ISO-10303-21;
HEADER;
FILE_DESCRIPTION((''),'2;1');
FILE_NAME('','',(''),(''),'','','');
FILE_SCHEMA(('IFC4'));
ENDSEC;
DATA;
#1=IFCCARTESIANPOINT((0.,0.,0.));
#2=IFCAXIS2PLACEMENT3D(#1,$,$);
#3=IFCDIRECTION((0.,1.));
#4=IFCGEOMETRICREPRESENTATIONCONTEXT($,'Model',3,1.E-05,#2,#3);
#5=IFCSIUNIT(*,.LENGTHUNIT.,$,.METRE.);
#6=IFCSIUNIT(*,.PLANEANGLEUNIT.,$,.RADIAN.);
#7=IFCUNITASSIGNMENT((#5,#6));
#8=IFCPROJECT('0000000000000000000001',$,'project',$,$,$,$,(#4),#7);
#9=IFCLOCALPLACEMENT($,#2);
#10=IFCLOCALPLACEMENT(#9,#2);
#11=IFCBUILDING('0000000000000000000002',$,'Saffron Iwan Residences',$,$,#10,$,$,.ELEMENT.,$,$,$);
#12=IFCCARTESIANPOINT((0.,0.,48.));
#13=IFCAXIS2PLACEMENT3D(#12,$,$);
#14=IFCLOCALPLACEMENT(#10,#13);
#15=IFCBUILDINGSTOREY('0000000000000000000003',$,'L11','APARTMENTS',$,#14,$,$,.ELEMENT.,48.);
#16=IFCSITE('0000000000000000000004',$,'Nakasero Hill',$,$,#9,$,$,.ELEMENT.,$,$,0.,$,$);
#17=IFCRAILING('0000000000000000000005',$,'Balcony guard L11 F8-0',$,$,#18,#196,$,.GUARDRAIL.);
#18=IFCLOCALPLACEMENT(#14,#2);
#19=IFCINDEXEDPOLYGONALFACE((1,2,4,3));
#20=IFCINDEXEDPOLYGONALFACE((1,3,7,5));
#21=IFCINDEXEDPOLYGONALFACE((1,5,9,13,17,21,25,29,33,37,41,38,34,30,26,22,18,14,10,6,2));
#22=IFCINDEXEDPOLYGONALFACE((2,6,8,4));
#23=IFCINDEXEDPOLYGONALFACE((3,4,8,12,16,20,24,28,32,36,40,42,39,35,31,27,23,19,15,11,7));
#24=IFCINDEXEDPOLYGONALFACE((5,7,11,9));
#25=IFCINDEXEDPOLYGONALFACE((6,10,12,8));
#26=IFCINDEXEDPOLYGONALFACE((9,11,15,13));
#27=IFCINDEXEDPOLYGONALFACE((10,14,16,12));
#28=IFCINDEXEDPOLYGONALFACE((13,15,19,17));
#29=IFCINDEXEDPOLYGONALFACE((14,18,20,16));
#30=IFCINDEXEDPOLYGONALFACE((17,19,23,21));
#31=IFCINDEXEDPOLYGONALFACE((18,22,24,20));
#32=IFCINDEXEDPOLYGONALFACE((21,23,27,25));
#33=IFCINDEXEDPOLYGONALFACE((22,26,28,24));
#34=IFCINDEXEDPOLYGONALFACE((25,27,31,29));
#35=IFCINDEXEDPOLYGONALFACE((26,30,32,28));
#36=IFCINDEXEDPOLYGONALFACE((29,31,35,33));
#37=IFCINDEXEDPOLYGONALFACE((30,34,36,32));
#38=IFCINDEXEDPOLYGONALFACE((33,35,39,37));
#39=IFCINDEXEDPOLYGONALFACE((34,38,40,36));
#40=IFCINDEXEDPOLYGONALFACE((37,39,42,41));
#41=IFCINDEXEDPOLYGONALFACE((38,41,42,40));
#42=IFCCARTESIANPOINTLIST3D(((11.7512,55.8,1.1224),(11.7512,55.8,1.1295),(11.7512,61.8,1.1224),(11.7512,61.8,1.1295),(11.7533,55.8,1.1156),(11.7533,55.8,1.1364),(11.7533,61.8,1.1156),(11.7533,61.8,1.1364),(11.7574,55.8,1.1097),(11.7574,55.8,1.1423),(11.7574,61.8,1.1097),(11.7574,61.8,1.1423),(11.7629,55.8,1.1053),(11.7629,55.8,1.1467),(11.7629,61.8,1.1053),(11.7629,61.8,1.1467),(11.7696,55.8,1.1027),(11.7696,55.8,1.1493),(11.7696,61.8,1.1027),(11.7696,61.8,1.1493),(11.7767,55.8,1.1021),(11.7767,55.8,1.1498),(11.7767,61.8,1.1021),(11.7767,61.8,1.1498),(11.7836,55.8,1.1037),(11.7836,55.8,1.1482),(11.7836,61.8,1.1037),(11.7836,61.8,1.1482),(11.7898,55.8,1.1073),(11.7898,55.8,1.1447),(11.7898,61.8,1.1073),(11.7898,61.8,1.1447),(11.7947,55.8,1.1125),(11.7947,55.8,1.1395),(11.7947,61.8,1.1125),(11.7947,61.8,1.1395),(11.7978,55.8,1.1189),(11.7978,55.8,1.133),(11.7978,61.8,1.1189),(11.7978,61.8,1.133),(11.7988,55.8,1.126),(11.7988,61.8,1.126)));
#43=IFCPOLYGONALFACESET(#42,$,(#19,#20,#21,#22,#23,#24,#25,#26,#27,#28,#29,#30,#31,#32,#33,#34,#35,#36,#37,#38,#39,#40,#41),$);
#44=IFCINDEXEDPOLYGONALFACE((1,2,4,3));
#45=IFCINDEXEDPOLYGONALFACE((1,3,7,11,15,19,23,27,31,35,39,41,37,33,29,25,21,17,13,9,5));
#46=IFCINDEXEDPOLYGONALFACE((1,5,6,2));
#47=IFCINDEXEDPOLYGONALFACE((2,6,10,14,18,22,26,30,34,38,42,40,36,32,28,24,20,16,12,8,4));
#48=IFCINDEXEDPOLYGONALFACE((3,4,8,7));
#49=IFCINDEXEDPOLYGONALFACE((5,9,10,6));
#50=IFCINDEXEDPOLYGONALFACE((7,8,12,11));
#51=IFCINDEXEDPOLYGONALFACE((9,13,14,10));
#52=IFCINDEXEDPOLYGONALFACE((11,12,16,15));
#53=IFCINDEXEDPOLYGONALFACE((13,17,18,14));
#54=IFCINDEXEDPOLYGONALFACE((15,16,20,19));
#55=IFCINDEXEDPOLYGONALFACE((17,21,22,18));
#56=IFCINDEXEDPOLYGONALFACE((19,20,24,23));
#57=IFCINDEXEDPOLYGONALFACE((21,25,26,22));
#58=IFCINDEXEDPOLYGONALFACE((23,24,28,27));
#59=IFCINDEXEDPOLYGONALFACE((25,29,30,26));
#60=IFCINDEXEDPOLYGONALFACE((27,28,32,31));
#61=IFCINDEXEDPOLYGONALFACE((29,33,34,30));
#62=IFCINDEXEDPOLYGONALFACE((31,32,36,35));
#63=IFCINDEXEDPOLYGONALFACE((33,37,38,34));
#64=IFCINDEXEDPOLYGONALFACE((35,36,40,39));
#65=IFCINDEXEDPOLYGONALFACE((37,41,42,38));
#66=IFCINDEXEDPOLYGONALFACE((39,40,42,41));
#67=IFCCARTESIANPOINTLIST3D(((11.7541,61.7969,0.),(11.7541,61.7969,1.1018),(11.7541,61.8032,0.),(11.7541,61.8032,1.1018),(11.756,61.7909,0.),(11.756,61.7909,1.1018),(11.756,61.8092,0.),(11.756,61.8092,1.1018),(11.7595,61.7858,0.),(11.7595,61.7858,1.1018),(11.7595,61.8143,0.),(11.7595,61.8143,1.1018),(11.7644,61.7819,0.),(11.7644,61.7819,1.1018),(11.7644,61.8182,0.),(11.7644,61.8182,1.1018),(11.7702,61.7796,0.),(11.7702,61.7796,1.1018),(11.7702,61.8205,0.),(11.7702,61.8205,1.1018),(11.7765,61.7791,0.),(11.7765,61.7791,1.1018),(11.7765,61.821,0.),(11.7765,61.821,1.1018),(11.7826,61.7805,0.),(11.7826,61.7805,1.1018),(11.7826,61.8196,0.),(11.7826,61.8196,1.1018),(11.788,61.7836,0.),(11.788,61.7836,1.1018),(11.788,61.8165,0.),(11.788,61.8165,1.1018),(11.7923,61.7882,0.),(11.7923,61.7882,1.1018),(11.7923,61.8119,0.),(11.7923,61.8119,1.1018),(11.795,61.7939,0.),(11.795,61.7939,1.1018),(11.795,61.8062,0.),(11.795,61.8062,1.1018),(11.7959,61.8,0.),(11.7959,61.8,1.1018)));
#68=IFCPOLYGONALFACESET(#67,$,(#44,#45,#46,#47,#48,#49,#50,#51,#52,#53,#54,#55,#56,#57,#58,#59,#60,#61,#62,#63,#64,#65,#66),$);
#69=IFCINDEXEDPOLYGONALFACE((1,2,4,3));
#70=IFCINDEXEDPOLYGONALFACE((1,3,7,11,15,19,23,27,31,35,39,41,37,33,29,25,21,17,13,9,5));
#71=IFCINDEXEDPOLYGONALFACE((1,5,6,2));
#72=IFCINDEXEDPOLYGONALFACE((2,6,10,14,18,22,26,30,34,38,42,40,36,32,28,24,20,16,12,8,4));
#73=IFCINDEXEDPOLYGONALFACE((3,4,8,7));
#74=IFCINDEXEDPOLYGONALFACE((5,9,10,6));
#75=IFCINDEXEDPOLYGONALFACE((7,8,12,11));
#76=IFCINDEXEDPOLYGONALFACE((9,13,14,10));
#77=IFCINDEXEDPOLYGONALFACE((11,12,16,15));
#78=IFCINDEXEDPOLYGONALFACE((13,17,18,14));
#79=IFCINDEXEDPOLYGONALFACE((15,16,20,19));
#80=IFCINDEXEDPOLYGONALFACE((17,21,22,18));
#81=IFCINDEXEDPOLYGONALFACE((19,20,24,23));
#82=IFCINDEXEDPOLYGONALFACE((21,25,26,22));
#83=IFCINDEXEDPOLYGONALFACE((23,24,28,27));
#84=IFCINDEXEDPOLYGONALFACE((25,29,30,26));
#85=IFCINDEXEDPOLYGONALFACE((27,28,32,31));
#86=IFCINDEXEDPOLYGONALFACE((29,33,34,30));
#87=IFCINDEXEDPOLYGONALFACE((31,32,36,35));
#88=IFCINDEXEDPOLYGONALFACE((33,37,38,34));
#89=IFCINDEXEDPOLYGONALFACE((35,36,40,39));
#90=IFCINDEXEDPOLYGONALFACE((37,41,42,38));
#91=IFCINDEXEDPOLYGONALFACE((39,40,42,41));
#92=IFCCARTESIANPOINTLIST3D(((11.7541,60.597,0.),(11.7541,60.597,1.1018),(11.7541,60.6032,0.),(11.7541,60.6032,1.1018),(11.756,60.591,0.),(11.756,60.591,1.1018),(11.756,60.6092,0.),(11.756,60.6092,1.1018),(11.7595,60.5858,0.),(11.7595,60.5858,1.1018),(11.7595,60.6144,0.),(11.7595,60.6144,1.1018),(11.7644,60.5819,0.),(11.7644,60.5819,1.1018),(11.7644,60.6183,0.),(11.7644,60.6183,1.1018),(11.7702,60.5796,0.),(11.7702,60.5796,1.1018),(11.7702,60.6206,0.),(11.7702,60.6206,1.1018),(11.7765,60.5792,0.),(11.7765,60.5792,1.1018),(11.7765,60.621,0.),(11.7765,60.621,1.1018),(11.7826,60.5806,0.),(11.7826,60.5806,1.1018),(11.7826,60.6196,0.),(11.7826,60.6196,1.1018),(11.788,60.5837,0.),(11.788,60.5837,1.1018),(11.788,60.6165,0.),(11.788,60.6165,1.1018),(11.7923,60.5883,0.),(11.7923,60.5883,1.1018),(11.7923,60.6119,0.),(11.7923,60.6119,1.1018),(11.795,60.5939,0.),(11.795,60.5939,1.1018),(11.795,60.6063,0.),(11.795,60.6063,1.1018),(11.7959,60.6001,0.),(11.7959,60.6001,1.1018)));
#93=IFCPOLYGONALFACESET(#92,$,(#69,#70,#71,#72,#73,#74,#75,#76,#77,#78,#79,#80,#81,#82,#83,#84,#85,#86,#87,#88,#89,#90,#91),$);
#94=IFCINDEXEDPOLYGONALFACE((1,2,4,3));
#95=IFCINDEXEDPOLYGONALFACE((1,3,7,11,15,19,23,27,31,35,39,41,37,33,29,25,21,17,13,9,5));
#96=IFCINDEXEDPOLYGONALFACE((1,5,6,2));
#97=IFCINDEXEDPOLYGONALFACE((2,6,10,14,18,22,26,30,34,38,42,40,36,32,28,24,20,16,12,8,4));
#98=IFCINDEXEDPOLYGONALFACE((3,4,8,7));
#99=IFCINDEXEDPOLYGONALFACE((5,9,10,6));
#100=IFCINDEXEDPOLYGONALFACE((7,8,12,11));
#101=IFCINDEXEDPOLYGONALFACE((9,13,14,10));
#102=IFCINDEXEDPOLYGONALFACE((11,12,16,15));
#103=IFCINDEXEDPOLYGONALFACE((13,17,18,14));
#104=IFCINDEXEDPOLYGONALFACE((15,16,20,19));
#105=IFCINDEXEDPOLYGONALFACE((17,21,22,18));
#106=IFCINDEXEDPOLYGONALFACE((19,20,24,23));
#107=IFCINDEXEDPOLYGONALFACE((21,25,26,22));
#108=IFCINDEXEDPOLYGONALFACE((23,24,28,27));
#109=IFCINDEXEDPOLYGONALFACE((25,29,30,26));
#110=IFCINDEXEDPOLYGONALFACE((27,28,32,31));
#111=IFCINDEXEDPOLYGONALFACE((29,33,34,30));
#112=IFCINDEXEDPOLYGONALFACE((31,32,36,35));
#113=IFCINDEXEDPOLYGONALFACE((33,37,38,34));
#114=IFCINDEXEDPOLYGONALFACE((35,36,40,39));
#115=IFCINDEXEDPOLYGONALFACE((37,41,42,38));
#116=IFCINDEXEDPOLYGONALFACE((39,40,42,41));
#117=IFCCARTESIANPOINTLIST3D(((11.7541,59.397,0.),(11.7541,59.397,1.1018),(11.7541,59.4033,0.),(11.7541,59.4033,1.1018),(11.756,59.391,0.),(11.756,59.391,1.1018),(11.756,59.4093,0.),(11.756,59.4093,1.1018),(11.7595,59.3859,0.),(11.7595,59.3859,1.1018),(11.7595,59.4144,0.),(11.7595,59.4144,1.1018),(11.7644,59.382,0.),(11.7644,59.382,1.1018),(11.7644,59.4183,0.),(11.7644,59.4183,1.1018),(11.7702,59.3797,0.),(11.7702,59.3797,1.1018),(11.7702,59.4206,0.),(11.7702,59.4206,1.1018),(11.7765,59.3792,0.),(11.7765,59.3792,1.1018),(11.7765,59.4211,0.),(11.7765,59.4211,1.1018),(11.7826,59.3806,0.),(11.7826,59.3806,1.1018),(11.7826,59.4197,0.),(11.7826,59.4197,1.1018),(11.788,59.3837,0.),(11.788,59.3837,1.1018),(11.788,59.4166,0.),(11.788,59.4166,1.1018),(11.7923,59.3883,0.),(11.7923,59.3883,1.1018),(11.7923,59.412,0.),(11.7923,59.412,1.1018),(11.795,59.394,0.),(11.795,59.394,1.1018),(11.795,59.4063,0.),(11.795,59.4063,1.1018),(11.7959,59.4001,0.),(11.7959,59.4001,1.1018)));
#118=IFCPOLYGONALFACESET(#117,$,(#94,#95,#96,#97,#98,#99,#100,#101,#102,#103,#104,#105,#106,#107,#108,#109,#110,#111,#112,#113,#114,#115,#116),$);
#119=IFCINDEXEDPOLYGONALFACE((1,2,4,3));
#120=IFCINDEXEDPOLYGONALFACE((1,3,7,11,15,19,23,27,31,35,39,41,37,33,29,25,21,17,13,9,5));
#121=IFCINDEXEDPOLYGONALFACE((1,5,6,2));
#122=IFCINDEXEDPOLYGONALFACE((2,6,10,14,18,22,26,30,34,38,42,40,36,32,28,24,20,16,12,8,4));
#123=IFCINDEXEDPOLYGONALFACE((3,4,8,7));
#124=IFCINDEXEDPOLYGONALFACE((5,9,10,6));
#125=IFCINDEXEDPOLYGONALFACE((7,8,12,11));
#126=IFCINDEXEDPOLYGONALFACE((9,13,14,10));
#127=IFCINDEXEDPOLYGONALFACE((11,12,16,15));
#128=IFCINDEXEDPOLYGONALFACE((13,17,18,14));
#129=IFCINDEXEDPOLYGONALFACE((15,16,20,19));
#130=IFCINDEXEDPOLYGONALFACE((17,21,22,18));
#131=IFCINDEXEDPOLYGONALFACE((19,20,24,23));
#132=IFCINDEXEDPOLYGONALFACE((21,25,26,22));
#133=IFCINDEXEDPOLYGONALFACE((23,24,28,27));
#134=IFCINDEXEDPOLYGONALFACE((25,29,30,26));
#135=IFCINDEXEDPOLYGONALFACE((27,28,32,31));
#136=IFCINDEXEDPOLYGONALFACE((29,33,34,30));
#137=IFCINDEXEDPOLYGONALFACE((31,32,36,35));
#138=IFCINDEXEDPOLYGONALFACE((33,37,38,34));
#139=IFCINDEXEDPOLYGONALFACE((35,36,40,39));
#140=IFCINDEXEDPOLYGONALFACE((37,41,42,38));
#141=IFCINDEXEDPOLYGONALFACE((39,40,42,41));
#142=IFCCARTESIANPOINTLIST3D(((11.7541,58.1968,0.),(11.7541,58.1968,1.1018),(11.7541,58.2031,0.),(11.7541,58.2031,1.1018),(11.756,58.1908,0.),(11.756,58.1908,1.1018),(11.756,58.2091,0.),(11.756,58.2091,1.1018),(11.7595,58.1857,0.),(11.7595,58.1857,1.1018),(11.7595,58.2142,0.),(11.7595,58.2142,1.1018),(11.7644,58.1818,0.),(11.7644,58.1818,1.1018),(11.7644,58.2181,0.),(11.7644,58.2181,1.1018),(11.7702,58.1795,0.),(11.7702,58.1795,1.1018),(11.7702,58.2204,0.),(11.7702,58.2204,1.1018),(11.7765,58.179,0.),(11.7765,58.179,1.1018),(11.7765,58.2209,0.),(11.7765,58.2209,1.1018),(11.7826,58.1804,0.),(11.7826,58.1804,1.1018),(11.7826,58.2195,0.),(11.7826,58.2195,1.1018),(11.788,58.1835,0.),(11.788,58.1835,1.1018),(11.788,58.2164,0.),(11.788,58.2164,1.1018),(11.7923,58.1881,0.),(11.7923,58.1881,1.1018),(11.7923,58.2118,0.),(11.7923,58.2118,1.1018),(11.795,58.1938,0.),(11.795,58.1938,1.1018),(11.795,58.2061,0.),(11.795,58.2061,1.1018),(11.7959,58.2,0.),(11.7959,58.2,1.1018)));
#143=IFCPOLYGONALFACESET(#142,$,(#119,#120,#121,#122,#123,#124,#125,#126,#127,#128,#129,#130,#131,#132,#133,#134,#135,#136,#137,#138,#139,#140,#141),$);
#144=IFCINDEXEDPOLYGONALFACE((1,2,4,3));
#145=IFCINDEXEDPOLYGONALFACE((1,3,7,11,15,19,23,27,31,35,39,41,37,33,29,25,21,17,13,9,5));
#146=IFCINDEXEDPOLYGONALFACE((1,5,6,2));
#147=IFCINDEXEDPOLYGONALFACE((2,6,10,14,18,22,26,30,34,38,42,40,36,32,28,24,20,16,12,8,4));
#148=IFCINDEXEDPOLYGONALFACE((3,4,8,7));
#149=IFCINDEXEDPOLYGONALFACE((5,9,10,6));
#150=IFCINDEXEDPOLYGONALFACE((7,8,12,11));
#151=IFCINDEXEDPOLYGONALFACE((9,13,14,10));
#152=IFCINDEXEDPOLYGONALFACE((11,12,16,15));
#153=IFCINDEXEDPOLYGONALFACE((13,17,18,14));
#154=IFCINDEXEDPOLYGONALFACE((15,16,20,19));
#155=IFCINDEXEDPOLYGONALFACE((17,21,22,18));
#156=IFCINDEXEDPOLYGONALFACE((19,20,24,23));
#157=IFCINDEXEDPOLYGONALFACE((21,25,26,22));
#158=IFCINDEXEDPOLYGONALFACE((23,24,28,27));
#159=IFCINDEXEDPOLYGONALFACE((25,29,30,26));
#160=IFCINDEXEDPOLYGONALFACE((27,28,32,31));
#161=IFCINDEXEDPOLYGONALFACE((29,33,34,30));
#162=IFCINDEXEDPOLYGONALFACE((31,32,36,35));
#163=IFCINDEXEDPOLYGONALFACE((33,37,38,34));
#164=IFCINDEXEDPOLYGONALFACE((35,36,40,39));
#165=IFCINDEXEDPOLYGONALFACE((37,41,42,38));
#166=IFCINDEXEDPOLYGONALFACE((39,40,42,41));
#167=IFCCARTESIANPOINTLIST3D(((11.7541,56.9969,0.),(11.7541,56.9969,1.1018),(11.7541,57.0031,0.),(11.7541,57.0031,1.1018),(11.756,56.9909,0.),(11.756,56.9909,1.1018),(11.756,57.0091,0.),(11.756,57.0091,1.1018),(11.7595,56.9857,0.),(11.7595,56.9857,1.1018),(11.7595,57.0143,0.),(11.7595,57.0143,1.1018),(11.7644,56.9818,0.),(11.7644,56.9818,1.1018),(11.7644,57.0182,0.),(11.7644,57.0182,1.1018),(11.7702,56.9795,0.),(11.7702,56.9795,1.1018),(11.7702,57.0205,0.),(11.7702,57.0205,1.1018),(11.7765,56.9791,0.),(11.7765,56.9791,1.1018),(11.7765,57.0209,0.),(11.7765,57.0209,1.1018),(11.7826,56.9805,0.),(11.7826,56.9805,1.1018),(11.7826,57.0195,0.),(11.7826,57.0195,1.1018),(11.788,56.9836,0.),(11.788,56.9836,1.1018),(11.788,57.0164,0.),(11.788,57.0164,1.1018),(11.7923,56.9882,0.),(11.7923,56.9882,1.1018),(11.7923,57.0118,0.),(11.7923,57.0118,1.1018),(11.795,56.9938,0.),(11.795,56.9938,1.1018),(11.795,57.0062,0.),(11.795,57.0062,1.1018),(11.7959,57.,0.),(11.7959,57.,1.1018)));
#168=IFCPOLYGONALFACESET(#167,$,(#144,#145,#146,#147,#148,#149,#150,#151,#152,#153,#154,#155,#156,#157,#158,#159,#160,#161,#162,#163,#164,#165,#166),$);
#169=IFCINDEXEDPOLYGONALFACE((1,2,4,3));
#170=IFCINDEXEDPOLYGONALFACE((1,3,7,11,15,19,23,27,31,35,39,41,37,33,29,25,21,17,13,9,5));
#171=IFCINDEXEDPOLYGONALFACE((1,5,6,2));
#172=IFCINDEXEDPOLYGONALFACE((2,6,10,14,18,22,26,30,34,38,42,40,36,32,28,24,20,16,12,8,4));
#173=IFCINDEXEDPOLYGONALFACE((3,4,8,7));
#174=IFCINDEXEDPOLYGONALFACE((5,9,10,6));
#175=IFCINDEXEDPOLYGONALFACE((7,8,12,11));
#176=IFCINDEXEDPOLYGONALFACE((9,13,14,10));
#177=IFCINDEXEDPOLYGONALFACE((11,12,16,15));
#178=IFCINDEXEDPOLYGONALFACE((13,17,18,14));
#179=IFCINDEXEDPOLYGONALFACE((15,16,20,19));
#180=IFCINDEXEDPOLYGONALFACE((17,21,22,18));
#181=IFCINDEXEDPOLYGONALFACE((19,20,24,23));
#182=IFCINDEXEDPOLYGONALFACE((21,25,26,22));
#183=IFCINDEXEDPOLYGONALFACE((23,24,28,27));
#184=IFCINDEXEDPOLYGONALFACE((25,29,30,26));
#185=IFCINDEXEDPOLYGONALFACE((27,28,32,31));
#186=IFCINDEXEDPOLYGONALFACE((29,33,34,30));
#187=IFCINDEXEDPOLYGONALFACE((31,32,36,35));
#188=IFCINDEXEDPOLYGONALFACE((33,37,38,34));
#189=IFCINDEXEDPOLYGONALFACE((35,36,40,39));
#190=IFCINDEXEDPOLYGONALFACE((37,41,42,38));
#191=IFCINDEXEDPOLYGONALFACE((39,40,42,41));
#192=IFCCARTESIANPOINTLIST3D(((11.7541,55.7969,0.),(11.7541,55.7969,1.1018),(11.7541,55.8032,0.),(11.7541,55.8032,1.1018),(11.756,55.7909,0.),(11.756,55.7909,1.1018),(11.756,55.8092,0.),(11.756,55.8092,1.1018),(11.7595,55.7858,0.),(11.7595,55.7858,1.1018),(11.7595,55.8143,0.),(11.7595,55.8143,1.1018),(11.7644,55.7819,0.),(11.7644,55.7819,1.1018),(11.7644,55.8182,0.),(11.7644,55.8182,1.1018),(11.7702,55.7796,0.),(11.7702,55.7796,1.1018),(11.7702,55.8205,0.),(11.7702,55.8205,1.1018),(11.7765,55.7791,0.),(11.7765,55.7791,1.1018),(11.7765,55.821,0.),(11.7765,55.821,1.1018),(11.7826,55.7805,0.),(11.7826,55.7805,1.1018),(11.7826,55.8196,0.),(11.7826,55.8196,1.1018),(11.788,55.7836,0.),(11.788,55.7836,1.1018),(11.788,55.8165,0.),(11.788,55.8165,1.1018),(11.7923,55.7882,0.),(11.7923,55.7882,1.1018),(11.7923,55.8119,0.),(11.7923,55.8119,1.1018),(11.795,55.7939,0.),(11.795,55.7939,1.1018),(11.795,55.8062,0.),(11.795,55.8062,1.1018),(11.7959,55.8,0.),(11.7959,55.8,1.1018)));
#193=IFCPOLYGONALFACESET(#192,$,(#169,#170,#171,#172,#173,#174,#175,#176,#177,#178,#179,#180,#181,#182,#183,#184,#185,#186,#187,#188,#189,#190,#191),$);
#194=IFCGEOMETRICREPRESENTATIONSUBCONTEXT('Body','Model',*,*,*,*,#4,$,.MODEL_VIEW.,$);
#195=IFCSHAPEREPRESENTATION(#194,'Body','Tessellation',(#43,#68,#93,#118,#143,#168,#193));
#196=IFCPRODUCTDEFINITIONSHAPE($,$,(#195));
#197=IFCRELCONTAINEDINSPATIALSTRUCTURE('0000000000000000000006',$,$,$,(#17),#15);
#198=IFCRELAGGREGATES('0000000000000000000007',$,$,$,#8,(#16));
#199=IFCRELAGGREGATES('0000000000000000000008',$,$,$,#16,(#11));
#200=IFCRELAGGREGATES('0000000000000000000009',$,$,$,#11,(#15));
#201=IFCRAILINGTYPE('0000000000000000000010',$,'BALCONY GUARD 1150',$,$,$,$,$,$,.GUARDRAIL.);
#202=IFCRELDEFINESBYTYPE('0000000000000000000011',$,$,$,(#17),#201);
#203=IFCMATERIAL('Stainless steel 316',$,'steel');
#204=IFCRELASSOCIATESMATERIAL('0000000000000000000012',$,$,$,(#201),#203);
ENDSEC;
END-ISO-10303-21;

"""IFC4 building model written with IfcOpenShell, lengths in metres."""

from ifc_helpers import new_model, si_unit, direction, frame, origin, origin_2d, place, context, subcontext, project, spatial, circle, extrude, material, type_object, element, save


model = new_model("IFC4")

# Units and contexts
model_context = context("Model", 3, precision=1e-05, world=origin(), true_north=direction((0.0, 1.0)))
body_context = subcontext(model_context, "Body", "Model", "MODEL_VIEW")
ifc_project = project(units=[si_unit("LENGTHUNIT", "METRE"), si_unit("PLANEANGLEUNIT", "RADIAN")], contexts=[model_context])

# Site, building, storey
site_placement = place(None, origin())
site = spatial("IfcSite", under=ifc_project, at=site_placement, Name="Nakasero Hill", CompositionType="ELEMENT", RefElevation=0.0)
building_placement = place(site_placement, origin())
building = spatial("IfcBuilding", under=site, at=building_placement, Name="Saffron Iwan Residences", CompositionType="ELEMENT")
storey_placement = place(building_placement, frame((0.0, 0.0, 48.0)))
storey = spatial("IfcBuildingStorey", under=building, at=storey_placement, Name="L11", Description="APARTMENTS", CompositionType="ELEMENT", Elevation=48.0)

# Railing
ifc_material_1 = material(Name="Stainless steel 316", Category="steel")
railing_type = type_object("IfcRailingType", Name="BALCONY GUARD 1150", PredefinedType="GUARDRAIL", material=ifc_material_1)
railing_placement = place(storey_placement, frame((11.7749, 61.8, 0.0)))
element("IfcRailing", 1, at=railing_placement, inside=storey, type_object=railing_type, Name="Balcony guard L11 F8-0", PredefinedType="GUARDRAIL", context=body_context, shape_type="SweptSolid", body=[
    extrude(circle(Radius=0.0239, at=origin_2d()), frame((0.0, 0.0, 1.126), z_axis=(0.0, -1.0, 0.0), x_axis=(1.0, 0.0, 0.0)), (0.0, 0.0, 1.0), 6.0),
    extrude(circle(Radius=0.021, at=origin_2d()), origin(), (0.0, 0.0, 1.0), 1.1018),
    extrude(circle(Radius=0.021, at=origin_2d()), frame((0.0, -1.2, 0.0)), (0.0, 0.0, 1.0), 1.1018),
    extrude(circle(Radius=0.021, at=origin_2d()), frame((0.0, -2.3999, 0.0)), (0.0, 0.0, 1.0), 1.1018),
    extrude(circle(Radius=0.021, at=origin_2d()), frame((0.0, -3.6001, 0.0)), (0.0, 0.0, 1.0), 1.1018),
    extrude(circle(Radius=0.021, at=origin_2d()), frame((0.0, -4.8, 0.0)), (0.0, 0.0, 1.0), 1.1018),
    extrude(circle(Radius=0.021, at=origin_2d()), frame((0.0, -6.0, 0.0)), (0.0, 0.0, 1.0), 1.1018),
])

save(model, "model.ifc")
